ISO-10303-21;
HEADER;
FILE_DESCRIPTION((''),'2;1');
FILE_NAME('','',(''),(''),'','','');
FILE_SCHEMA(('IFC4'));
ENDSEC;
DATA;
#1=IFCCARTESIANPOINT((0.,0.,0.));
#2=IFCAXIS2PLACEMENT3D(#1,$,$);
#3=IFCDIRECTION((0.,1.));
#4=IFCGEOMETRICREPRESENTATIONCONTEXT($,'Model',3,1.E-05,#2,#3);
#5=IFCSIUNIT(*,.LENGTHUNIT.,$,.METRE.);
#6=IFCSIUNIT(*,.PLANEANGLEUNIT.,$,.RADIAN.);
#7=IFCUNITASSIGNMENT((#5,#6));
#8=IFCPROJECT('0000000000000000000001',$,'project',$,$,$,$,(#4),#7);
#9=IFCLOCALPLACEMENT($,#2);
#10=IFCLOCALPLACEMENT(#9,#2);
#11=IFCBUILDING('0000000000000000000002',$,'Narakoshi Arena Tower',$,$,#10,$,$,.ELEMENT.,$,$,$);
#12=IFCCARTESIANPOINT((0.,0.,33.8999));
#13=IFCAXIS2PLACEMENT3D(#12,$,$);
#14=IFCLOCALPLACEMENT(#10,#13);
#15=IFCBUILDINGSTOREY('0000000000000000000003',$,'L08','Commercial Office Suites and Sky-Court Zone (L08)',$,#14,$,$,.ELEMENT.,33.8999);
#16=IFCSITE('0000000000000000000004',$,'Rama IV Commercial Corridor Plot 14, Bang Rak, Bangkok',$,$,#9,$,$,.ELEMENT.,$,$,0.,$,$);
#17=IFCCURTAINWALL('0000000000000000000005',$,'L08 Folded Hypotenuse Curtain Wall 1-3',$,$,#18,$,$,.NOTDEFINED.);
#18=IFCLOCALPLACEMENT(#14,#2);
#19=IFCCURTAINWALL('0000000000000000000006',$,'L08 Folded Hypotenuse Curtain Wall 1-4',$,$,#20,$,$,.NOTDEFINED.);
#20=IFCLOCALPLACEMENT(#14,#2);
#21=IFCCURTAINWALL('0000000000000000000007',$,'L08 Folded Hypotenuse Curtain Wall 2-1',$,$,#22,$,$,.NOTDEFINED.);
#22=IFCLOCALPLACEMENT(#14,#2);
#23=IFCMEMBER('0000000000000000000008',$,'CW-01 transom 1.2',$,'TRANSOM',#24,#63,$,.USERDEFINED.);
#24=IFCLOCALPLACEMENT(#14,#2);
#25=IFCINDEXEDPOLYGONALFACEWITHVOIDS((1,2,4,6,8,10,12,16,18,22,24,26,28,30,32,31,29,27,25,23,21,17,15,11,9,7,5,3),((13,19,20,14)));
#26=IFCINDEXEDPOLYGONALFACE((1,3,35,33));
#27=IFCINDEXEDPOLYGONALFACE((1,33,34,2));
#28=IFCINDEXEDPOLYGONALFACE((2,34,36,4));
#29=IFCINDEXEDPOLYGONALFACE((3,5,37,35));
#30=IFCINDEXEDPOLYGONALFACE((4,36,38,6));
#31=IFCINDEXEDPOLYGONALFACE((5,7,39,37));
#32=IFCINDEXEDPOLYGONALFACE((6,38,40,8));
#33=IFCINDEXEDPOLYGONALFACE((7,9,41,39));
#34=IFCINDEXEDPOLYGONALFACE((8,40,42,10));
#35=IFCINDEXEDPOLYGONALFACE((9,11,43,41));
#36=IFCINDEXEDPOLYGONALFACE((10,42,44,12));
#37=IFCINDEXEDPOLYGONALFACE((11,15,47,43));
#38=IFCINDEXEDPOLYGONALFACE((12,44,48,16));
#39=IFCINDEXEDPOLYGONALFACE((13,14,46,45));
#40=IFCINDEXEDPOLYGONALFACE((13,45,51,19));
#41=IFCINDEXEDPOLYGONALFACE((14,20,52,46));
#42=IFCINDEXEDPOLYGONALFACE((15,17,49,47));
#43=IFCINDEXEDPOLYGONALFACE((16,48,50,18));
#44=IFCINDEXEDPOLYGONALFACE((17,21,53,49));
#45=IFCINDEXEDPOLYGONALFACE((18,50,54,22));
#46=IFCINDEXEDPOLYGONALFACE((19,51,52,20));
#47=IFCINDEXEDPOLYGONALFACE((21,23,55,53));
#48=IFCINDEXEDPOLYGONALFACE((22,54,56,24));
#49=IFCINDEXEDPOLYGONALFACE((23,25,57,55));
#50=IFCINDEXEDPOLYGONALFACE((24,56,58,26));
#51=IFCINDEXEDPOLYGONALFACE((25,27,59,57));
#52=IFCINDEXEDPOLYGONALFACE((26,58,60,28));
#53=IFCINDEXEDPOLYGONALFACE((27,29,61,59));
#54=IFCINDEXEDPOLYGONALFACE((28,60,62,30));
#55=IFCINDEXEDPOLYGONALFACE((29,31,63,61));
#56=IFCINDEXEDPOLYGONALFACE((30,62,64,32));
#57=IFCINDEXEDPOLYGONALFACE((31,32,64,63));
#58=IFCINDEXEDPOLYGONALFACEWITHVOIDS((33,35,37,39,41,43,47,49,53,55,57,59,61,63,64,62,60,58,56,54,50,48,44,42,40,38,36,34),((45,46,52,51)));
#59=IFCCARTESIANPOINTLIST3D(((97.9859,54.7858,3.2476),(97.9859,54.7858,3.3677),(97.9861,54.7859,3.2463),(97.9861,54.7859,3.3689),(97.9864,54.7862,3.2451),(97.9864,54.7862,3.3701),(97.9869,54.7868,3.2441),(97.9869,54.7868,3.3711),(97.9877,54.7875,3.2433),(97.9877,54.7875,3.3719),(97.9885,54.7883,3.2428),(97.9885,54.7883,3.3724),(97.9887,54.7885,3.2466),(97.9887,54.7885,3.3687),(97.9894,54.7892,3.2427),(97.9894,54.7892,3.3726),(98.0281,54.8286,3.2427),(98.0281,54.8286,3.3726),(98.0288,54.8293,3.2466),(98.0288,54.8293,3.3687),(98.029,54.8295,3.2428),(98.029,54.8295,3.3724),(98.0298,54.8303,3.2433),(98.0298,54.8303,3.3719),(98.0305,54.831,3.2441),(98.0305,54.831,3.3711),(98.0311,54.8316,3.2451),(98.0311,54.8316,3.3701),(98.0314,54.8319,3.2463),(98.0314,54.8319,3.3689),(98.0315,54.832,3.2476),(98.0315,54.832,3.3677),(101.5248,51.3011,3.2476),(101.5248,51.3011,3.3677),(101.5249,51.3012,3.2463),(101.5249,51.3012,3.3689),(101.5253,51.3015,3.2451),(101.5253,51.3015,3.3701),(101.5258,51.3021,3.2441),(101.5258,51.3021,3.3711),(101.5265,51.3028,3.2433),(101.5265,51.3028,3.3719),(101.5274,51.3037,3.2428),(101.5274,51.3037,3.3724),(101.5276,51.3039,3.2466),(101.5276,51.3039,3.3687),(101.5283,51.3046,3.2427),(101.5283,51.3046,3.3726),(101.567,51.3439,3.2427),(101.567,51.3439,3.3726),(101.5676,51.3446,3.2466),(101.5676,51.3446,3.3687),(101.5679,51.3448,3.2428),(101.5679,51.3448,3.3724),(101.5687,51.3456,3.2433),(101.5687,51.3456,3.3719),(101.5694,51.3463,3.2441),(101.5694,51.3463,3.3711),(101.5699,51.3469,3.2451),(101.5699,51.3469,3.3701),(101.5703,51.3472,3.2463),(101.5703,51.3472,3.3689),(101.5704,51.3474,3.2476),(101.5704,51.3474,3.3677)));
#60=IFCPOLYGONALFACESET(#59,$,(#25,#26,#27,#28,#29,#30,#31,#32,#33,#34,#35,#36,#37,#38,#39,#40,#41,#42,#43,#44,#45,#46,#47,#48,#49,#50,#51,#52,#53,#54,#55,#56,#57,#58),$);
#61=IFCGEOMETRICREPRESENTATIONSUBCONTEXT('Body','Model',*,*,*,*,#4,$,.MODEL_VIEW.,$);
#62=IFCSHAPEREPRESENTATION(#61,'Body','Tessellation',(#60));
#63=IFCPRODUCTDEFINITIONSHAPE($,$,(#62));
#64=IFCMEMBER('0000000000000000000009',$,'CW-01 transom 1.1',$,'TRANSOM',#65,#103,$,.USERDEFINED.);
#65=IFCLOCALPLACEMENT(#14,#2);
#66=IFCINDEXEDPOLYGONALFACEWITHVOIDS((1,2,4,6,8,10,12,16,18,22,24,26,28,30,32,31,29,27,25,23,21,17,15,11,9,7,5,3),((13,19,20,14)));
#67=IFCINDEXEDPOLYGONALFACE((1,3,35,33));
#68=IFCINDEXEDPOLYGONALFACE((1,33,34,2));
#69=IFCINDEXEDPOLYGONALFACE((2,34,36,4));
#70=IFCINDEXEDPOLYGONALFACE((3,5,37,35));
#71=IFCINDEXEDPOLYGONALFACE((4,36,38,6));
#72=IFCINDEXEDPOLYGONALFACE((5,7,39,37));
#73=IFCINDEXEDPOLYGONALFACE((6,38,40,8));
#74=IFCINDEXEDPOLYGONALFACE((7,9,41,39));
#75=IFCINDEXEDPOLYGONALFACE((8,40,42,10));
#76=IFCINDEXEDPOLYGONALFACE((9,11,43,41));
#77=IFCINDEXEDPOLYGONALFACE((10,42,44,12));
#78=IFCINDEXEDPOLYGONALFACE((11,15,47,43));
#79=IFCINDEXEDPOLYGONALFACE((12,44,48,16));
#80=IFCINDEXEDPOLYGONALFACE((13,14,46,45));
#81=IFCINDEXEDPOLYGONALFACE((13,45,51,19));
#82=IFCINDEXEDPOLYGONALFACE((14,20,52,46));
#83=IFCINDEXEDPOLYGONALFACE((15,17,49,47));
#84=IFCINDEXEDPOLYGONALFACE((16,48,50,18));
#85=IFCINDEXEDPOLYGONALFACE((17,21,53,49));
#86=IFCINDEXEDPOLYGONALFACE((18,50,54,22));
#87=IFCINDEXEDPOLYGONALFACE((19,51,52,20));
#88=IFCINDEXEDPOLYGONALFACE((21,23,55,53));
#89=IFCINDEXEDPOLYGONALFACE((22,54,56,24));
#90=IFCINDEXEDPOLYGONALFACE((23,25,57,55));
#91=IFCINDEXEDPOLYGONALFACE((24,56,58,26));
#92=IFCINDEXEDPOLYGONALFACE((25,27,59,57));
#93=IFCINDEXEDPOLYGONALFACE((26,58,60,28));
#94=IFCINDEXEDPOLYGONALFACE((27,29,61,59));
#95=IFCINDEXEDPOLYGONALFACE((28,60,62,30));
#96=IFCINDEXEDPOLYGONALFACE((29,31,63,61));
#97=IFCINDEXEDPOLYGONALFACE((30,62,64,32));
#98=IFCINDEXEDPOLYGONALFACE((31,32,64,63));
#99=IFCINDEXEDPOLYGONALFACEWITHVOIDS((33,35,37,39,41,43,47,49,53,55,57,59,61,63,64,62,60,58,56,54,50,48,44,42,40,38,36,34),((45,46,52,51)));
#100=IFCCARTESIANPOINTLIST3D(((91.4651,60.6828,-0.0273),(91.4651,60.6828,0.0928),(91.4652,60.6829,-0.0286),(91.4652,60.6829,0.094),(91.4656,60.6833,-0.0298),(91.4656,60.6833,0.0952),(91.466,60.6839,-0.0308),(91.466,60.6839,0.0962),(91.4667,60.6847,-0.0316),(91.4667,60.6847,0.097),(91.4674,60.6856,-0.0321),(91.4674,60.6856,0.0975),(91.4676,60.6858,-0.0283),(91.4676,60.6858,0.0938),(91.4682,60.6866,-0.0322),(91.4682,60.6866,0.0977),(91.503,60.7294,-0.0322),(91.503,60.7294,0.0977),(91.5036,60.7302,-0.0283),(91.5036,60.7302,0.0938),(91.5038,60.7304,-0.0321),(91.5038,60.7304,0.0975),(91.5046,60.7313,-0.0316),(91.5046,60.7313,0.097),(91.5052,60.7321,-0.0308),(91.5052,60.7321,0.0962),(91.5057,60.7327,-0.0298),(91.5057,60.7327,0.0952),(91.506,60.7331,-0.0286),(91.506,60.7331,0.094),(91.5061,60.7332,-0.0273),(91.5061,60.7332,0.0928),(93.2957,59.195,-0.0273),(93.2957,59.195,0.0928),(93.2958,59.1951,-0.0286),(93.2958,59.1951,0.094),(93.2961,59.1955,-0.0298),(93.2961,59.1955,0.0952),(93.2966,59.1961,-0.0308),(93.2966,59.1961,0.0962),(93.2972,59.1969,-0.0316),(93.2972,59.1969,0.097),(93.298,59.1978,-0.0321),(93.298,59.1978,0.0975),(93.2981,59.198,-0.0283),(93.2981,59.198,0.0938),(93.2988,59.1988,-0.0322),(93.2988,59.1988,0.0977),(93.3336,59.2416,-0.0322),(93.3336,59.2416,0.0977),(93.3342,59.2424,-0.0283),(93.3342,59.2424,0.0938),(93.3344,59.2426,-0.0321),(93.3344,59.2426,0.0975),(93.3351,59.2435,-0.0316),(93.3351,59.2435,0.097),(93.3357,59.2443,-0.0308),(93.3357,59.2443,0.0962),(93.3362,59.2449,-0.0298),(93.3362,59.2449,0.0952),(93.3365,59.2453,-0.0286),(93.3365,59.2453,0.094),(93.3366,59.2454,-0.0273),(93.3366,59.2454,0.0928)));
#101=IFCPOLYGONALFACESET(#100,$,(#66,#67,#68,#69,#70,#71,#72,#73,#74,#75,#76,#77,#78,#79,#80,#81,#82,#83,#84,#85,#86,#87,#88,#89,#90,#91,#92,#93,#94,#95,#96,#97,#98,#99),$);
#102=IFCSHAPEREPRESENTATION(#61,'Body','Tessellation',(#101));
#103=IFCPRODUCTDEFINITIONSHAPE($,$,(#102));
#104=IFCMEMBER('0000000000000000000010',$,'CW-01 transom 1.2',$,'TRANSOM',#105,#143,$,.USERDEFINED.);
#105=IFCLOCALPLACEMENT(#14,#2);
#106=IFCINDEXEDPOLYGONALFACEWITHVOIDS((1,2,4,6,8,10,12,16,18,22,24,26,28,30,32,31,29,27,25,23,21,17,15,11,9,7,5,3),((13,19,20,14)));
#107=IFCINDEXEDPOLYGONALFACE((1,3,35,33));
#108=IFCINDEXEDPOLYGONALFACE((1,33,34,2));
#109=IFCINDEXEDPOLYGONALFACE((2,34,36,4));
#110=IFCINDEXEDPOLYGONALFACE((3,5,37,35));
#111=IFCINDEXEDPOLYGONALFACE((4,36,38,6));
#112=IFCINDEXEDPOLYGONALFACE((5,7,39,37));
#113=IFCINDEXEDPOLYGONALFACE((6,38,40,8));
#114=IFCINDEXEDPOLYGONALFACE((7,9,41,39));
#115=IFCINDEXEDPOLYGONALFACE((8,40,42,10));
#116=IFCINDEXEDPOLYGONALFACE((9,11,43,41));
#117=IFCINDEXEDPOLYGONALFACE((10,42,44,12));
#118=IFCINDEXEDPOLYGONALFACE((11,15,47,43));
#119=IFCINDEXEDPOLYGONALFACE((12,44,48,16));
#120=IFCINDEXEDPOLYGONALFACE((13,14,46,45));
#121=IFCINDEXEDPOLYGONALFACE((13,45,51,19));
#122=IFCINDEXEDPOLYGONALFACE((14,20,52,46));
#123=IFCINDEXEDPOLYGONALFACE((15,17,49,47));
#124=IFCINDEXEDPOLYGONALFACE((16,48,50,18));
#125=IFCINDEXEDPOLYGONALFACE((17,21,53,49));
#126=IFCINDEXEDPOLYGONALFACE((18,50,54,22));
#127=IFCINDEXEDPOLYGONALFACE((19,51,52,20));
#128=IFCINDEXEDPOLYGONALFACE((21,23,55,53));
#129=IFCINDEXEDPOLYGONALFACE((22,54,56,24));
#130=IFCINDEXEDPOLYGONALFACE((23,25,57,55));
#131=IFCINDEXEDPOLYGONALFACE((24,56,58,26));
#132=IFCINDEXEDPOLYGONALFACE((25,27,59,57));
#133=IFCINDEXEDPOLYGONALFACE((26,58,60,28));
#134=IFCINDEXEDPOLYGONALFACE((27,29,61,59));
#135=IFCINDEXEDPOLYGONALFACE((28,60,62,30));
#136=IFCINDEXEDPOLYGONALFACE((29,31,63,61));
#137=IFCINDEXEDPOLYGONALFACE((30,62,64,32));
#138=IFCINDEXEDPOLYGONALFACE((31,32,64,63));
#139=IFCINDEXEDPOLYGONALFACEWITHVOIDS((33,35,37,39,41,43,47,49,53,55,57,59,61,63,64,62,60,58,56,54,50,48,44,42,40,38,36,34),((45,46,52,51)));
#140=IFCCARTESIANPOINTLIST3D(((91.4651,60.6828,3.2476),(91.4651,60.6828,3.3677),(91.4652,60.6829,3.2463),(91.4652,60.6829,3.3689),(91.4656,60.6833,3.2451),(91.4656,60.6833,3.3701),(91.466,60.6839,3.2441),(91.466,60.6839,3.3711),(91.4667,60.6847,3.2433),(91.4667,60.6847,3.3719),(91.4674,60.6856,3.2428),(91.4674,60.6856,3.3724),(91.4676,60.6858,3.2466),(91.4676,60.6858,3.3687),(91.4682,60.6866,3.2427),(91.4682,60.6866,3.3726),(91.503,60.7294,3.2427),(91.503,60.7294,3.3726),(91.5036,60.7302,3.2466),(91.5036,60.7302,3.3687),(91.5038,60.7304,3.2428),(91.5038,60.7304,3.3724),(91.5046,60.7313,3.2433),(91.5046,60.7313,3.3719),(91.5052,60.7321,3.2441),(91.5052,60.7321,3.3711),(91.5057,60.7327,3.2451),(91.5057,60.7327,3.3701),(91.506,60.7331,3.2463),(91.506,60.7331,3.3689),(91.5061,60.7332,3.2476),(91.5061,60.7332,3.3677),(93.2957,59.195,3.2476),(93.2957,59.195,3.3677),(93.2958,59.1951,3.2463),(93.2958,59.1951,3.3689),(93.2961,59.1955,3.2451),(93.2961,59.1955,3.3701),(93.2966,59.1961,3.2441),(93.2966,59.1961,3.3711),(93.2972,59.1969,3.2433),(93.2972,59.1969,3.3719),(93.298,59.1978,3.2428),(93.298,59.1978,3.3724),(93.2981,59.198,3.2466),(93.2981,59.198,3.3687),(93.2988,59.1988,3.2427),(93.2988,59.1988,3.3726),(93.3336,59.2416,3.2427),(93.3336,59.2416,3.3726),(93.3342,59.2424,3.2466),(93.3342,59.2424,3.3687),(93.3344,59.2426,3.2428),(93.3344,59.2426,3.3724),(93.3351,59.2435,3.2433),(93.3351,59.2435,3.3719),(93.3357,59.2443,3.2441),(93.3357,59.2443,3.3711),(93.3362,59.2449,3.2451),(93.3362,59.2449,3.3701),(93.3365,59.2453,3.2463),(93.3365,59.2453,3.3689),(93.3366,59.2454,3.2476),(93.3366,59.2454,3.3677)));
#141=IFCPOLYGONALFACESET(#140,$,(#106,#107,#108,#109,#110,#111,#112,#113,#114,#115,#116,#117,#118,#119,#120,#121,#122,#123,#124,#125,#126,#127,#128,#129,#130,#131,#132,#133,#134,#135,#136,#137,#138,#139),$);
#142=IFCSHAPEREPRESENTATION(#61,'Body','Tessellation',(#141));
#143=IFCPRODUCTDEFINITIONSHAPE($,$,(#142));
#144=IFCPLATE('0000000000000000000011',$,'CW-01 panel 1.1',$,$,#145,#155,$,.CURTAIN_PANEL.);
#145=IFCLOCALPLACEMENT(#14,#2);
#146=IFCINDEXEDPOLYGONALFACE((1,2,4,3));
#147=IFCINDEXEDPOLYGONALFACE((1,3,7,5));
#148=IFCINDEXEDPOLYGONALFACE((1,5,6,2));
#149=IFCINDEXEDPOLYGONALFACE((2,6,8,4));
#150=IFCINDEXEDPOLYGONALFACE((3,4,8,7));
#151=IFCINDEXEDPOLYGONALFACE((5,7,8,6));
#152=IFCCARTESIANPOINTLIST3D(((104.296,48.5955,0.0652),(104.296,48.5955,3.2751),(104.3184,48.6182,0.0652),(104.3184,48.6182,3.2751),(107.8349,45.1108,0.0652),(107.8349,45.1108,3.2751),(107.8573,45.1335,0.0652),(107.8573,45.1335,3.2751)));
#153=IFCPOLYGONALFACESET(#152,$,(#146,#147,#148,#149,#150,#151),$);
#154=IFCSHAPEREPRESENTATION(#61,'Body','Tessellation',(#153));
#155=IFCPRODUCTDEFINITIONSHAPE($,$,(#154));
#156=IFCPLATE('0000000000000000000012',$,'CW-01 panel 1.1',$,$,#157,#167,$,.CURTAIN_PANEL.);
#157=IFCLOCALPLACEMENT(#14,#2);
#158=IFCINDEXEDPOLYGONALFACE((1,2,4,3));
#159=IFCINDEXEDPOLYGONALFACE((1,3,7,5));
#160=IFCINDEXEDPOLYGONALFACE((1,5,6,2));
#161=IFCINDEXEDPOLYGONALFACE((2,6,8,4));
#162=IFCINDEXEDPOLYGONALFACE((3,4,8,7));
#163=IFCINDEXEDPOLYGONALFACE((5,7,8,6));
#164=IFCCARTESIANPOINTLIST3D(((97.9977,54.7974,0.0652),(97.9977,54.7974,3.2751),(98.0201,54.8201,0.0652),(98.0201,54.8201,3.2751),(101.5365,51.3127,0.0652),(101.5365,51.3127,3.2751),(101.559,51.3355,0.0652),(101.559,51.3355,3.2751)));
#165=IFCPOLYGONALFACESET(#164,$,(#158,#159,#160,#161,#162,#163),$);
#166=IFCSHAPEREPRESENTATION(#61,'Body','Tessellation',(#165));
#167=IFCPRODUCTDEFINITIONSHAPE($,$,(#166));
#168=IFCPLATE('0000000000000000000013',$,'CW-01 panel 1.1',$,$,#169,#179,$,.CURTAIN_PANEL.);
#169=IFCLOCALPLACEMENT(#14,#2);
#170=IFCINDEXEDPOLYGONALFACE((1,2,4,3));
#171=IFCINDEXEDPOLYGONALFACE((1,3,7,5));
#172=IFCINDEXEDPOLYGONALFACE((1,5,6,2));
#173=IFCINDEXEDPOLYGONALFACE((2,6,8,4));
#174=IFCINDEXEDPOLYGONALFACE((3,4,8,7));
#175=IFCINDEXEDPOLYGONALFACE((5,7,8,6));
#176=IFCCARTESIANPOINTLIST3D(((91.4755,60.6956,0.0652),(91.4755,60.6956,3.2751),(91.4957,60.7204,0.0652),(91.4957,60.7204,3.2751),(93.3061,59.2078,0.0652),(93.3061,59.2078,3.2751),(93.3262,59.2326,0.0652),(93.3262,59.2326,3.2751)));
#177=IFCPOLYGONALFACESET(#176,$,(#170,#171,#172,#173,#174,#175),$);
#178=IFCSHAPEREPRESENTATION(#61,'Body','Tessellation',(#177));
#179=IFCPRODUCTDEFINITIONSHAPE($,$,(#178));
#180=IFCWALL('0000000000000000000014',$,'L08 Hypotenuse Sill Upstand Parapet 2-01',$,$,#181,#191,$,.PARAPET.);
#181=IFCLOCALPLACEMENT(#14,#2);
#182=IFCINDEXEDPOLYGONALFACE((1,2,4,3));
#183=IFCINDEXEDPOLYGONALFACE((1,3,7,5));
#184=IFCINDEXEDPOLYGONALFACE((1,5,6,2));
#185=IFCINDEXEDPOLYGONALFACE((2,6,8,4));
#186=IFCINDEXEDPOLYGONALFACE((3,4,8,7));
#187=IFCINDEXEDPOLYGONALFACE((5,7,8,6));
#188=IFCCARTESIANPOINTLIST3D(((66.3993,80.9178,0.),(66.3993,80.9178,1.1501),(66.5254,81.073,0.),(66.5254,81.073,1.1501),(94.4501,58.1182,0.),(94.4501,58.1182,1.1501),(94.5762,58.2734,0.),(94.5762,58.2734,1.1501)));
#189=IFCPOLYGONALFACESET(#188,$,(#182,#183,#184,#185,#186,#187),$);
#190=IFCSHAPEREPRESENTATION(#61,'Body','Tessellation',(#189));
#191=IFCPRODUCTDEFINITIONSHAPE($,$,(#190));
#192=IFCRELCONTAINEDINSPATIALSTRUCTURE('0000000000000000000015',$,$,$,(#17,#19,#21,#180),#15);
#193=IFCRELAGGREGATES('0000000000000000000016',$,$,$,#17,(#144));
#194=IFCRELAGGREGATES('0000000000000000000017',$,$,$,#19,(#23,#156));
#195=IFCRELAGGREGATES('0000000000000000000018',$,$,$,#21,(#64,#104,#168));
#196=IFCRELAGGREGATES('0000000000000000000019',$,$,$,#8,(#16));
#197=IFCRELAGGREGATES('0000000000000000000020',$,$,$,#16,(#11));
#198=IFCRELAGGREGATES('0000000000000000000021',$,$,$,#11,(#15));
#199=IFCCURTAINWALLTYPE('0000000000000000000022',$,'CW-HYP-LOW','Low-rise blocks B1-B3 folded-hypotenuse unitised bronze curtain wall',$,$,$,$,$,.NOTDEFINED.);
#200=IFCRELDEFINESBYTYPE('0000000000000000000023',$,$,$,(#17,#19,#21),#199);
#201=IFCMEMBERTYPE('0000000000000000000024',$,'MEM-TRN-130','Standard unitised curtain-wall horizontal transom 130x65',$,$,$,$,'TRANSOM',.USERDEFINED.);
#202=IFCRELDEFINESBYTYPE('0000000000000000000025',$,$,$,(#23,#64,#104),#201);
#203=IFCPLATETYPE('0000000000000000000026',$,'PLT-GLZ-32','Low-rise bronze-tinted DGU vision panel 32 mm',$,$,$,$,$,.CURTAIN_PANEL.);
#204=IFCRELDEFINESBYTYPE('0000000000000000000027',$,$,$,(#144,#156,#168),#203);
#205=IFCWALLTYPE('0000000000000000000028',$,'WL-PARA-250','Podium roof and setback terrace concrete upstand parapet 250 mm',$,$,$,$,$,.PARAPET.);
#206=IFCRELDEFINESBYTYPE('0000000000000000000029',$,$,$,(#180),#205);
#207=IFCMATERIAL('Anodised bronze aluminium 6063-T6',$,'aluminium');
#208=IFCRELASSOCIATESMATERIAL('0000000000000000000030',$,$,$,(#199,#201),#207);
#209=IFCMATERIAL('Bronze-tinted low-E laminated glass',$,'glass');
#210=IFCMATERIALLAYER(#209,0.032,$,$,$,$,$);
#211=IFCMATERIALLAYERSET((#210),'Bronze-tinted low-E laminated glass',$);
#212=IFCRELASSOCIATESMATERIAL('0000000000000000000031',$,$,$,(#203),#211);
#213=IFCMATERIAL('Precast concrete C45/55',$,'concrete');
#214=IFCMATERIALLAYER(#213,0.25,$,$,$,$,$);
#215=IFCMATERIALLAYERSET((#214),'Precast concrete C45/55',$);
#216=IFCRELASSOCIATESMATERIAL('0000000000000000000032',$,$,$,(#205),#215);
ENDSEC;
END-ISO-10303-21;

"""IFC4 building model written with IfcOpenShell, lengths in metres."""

from ifc_helpers import new_model, si_unit, direction, frame, frame_2d, origin, origin_2d, place, context, subcontext, project, spatial, rectangle, hollow_rectangle, extrude, material, layer, layer_set, material_profile, profile_set, type_object, element, aggregate, save


model = new_model("IFC4")

# Units and contexts
model_context = context("Model", 3, precision=1e-05, world=origin(), true_north=direction((0.0, 1.0)))
body_context = subcontext(model_context, "Body", "Model", "MODEL_VIEW")
ifc_project = project(units=[si_unit("LENGTHUNIT", "METRE"), si_unit("PLANEANGLEUNIT", "RADIAN")], contexts=[model_context])

# Site, building, storey
site_placement = place(None, origin())
site = spatial("IfcSite", under=ifc_project, at=site_placement, Name="Rama IV Commercial Corridor Plot 14, Bang Rak, Bangkok", CompositionType="ELEMENT", RefElevation=0.0)
building_placement = place(site_placement, origin())
building = spatial("IfcBuilding", under=site, at=building_placement, Name="Narakoshi Arena Tower", CompositionType="ELEMENT")
storey_placement = place(building_placement, frame((0.0, 0.0, 33.8999)))
storey = spatial("IfcBuildingStorey", under=building, at=storey_placement, Name="L08", Description="Commercial Office Suites and Sky-Court Zone (L08)", CompositionType="ELEMENT", Elevation=33.8999)

# Curtain wall
ifc_material_1 = material(Name="Anodised bronze aluminium 6063-T6", Category="aluminium")
curtain_wall_type = type_object("IfcCurtainWallType", Name="CW-HYP-LOW", Description="Low-rise blocks B1-B3 folded-hypotenuse unitised bronze curtain wall", PredefinedType="NOTDEFINED", material=ifc_material_1)
curtain_wall_1_placement = place(storey_placement, origin())
curtain_wall_1 = element("IfcCurtainWall", 1, at=curtain_wall_1_placement, inside=storey, type_object=curtain_wall_type, Name="L08 Folded Hypotenuse Curtain Wall 1-3", PredefinedType="NOTDEFINED")

# Curtain walls
curtain_wall_2_placement = place(storey_placement, origin())
curtain_wall_2 = element("IfcCurtainWall", 2, at=curtain_wall_2_placement, inside=storey, type_object=curtain_wall_type, Name="L08 Folded Hypotenuse Curtain Wall 1-4", PredefinedType="NOTDEFINED")
curtain_wall_3_placement = place(storey_placement, origin())
curtain_wall_3 = element("IfcCurtainWall", 3, at=curtain_wall_3_placement, inside=storey, type_object=curtain_wall_type, Name="L08 Folded Hypotenuse Curtain Wall 2-1", PredefinedType="NOTDEFINED")

# Members
ifc_material_profile_1 = material_profile(ifc_material_1, hollow_rectangle(XDim=0.0649, YDim=0.1299, WallThickness=0.0039, OuterFilletRadius=0.0049, at=origin_2d()), Name="TRN130x65x4")
ifc_profile_set_1 = profile_set([ifc_material_profile_1], Name="Anodised bronze aluminium 6063-T6")
member_type_1 = type_object("IfcMemberType", Name="MEM-TRN-130", Description="Standard unitised curtain-wall horizontal transom 130x65", ElementType="TRANSOM", PredefinedType="USERDEFINED", material=ifc_profile_set_1)
member_1_placement = place(storey_placement, frame((101.5476, 51.3242, 3.3076), z_axis=(-0.712542, 0.701629, 0.0), x_axis=(-0.701629, -0.712542, 0.0)))
member_1 = element("IfcMember", 4, at=member_1_placement, type_object=member_type_1, Name="CW-01 transom 1.2", ObjectType="TRANSOM", PredefinedType="USERDEFINED", context=body_context, shape_type="SweptSolid", body=[
    extrude(hollow_rectangle(XDim=0.0649, YDim=0.1299, WallThickness=0.0039, OuterFilletRadius=0.0049, at=origin_2d()), origin(), (0.0, 0.0, 1.0), 4.9666),
])
member_2_placement = place(storey_placement, frame((93.3162, 59.2202, 0.0327), z_axis=(-0.776019, 0.63071, 0.0), x_axis=(-0.63071, -0.776019, 0.0)))
member_2 = element("IfcMember", 5, at=member_2_placement, type_object=member_type_1, Name="CW-01 transom 1.1", ObjectType="TRANSOM", PredefinedType="USERDEFINED", context=body_context, shape_type="SweptSolid", body=[
    extrude(hollow_rectangle(XDim=0.0649, YDim=0.1299, WallThickness=0.0039, OuterFilletRadius=0.0049, at=origin_2d()), origin(), (0.0, 0.0, 1.0), 2.3589),
])
member_3_placement = place(storey_placement, frame((93.3162, 59.2202, 3.3076), z_axis=(-0.776019, 0.63071, 0.0), x_axis=(-0.63071, -0.776019, 0.0)))
member_3 = element("IfcMember", 6, at=member_3_placement, type_object=member_type_1, Name="CW-01 transom 1.2", ObjectType="TRANSOM", PredefinedType="USERDEFINED", context=body_context, shape_type="SweptSolid", body=[
    extrude(hollow_rectangle(XDim=0.0649, YDim=0.1299, WallThickness=0.0039, OuterFilletRadius=0.0049, at=origin_2d()), origin(), (0.0, 0.0, 1.0), 2.3589),
])

# Plates
ifc_material_2 = material(Name="Bronze-tinted low-E laminated glass", Category="glass")
ifc_layer_1 = layer(ifc_material_2, 0.032)
ifc_layer_set_1 = layer_set([ifc_layer_1], Name="Bronze-tinted low-E laminated glass")
plate_type = type_object("IfcPlateType", Name="PLT-GLZ-32", Description="Low-rise bronze-tinted DGU vision panel 32 mm", PredefinedType="CURTAIN_PANEL", material=ifc_layer_set_1)
plate_1_placement = place(storey_placement, frame((106.0767, 46.8645, 0.0652), z_axis=(0.0, 0.0, 1.0), x_axis=(-0.712539, 0.701633, 0.0)))
plate_1 = element("IfcPlate", 7, at=plate_1_placement, type_object=plate_type, Name="CW-01 panel 1.1", PredefinedType="CURTAIN_PANEL", context=body_context, shape_type="SweptSolid", body=[
    extrude(rectangle(XDim=4.9666, YDim=0.032, at=origin_2d()), origin(), (0.0, 0.0, 1.0), 3.21),
])
aggregate(curtain_wall_1, [plate_1])
plate_2_placement = place(storey_placement, frame((99.7783, 53.0664, 0.0652), z_axis=(0.0, 0.0, 1.0), x_axis=(-0.712539, 0.701633, 0.0)))
plate_2 = element("IfcPlate", 8, at=plate_2_placement, type_object=plate_type, Name="CW-01 panel 1.1", PredefinedType="CURTAIN_PANEL", context=body_context, shape_type="SweptSolid", body=[
    extrude(rectangle(XDim=4.9666, YDim=0.032, at=origin_2d()), origin(), (0.0, 0.0, 1.0), 3.21),
])
aggregate(curtain_wall_2, [member_1, plate_2])
plate_3_placement = place(storey_placement, frame((92.4009, 59.9641, 0.0652), z_axis=(0.0, 0.0, 1.0), x_axis=(-0.776008, 0.630723, 0.0)))
plate_3 = element("IfcPlate", 9, at=plate_3_placement, type_object=plate_type, Name="CW-01 panel 1.1", PredefinedType="CURTAIN_PANEL", context=body_context, shape_type="SweptSolid", body=[
    extrude(rectangle(XDim=2.3589, YDim=0.032, at=origin_2d()), origin(), (0.0, 0.0, 1.0), 3.21),
])
aggregate(curtain_wall_3, [member_2, member_3, plate_3])

# Wall
ifc_material_3 = material(Name="Precast concrete C45/55", Category="concrete")
ifc_layer_2 = layer(ifc_material_3, 0.25)
ifc_layer_set_2 = layer_set([ifc_layer_2], Name="Precast concrete C45/55")
wall_type_1 = type_object("IfcWallType", Name="WL-PARA-250", Description="Podium roof and setback terrace concrete upstand parapet 250 mm", PredefinedType="PARAPET", material=ifc_layer_set_2)
wall_1_placement = place(storey_placement, frame((94.5132, 58.1958, 0.0), z_axis=(0.0, 0.0, 1.0), x_axis=(-0.776002, 0.630731, 0.0)))
element("IfcWall", 10, at=wall_1_placement, inside=storey, type_object=wall_type_1, Name="L08 Hypotenuse Sill Upstand Parapet 2-01", PredefinedType="PARAPET", context=body_context, shape_type="SweptSolid", body=[
    extrude(rectangle(XDim=36.1479, YDim=0.2, at=frame_2d((18.074, 0.0))), origin(), (0.0, 0.0, 1.0), 1.1501),
])

save(model, "model.ifc")
